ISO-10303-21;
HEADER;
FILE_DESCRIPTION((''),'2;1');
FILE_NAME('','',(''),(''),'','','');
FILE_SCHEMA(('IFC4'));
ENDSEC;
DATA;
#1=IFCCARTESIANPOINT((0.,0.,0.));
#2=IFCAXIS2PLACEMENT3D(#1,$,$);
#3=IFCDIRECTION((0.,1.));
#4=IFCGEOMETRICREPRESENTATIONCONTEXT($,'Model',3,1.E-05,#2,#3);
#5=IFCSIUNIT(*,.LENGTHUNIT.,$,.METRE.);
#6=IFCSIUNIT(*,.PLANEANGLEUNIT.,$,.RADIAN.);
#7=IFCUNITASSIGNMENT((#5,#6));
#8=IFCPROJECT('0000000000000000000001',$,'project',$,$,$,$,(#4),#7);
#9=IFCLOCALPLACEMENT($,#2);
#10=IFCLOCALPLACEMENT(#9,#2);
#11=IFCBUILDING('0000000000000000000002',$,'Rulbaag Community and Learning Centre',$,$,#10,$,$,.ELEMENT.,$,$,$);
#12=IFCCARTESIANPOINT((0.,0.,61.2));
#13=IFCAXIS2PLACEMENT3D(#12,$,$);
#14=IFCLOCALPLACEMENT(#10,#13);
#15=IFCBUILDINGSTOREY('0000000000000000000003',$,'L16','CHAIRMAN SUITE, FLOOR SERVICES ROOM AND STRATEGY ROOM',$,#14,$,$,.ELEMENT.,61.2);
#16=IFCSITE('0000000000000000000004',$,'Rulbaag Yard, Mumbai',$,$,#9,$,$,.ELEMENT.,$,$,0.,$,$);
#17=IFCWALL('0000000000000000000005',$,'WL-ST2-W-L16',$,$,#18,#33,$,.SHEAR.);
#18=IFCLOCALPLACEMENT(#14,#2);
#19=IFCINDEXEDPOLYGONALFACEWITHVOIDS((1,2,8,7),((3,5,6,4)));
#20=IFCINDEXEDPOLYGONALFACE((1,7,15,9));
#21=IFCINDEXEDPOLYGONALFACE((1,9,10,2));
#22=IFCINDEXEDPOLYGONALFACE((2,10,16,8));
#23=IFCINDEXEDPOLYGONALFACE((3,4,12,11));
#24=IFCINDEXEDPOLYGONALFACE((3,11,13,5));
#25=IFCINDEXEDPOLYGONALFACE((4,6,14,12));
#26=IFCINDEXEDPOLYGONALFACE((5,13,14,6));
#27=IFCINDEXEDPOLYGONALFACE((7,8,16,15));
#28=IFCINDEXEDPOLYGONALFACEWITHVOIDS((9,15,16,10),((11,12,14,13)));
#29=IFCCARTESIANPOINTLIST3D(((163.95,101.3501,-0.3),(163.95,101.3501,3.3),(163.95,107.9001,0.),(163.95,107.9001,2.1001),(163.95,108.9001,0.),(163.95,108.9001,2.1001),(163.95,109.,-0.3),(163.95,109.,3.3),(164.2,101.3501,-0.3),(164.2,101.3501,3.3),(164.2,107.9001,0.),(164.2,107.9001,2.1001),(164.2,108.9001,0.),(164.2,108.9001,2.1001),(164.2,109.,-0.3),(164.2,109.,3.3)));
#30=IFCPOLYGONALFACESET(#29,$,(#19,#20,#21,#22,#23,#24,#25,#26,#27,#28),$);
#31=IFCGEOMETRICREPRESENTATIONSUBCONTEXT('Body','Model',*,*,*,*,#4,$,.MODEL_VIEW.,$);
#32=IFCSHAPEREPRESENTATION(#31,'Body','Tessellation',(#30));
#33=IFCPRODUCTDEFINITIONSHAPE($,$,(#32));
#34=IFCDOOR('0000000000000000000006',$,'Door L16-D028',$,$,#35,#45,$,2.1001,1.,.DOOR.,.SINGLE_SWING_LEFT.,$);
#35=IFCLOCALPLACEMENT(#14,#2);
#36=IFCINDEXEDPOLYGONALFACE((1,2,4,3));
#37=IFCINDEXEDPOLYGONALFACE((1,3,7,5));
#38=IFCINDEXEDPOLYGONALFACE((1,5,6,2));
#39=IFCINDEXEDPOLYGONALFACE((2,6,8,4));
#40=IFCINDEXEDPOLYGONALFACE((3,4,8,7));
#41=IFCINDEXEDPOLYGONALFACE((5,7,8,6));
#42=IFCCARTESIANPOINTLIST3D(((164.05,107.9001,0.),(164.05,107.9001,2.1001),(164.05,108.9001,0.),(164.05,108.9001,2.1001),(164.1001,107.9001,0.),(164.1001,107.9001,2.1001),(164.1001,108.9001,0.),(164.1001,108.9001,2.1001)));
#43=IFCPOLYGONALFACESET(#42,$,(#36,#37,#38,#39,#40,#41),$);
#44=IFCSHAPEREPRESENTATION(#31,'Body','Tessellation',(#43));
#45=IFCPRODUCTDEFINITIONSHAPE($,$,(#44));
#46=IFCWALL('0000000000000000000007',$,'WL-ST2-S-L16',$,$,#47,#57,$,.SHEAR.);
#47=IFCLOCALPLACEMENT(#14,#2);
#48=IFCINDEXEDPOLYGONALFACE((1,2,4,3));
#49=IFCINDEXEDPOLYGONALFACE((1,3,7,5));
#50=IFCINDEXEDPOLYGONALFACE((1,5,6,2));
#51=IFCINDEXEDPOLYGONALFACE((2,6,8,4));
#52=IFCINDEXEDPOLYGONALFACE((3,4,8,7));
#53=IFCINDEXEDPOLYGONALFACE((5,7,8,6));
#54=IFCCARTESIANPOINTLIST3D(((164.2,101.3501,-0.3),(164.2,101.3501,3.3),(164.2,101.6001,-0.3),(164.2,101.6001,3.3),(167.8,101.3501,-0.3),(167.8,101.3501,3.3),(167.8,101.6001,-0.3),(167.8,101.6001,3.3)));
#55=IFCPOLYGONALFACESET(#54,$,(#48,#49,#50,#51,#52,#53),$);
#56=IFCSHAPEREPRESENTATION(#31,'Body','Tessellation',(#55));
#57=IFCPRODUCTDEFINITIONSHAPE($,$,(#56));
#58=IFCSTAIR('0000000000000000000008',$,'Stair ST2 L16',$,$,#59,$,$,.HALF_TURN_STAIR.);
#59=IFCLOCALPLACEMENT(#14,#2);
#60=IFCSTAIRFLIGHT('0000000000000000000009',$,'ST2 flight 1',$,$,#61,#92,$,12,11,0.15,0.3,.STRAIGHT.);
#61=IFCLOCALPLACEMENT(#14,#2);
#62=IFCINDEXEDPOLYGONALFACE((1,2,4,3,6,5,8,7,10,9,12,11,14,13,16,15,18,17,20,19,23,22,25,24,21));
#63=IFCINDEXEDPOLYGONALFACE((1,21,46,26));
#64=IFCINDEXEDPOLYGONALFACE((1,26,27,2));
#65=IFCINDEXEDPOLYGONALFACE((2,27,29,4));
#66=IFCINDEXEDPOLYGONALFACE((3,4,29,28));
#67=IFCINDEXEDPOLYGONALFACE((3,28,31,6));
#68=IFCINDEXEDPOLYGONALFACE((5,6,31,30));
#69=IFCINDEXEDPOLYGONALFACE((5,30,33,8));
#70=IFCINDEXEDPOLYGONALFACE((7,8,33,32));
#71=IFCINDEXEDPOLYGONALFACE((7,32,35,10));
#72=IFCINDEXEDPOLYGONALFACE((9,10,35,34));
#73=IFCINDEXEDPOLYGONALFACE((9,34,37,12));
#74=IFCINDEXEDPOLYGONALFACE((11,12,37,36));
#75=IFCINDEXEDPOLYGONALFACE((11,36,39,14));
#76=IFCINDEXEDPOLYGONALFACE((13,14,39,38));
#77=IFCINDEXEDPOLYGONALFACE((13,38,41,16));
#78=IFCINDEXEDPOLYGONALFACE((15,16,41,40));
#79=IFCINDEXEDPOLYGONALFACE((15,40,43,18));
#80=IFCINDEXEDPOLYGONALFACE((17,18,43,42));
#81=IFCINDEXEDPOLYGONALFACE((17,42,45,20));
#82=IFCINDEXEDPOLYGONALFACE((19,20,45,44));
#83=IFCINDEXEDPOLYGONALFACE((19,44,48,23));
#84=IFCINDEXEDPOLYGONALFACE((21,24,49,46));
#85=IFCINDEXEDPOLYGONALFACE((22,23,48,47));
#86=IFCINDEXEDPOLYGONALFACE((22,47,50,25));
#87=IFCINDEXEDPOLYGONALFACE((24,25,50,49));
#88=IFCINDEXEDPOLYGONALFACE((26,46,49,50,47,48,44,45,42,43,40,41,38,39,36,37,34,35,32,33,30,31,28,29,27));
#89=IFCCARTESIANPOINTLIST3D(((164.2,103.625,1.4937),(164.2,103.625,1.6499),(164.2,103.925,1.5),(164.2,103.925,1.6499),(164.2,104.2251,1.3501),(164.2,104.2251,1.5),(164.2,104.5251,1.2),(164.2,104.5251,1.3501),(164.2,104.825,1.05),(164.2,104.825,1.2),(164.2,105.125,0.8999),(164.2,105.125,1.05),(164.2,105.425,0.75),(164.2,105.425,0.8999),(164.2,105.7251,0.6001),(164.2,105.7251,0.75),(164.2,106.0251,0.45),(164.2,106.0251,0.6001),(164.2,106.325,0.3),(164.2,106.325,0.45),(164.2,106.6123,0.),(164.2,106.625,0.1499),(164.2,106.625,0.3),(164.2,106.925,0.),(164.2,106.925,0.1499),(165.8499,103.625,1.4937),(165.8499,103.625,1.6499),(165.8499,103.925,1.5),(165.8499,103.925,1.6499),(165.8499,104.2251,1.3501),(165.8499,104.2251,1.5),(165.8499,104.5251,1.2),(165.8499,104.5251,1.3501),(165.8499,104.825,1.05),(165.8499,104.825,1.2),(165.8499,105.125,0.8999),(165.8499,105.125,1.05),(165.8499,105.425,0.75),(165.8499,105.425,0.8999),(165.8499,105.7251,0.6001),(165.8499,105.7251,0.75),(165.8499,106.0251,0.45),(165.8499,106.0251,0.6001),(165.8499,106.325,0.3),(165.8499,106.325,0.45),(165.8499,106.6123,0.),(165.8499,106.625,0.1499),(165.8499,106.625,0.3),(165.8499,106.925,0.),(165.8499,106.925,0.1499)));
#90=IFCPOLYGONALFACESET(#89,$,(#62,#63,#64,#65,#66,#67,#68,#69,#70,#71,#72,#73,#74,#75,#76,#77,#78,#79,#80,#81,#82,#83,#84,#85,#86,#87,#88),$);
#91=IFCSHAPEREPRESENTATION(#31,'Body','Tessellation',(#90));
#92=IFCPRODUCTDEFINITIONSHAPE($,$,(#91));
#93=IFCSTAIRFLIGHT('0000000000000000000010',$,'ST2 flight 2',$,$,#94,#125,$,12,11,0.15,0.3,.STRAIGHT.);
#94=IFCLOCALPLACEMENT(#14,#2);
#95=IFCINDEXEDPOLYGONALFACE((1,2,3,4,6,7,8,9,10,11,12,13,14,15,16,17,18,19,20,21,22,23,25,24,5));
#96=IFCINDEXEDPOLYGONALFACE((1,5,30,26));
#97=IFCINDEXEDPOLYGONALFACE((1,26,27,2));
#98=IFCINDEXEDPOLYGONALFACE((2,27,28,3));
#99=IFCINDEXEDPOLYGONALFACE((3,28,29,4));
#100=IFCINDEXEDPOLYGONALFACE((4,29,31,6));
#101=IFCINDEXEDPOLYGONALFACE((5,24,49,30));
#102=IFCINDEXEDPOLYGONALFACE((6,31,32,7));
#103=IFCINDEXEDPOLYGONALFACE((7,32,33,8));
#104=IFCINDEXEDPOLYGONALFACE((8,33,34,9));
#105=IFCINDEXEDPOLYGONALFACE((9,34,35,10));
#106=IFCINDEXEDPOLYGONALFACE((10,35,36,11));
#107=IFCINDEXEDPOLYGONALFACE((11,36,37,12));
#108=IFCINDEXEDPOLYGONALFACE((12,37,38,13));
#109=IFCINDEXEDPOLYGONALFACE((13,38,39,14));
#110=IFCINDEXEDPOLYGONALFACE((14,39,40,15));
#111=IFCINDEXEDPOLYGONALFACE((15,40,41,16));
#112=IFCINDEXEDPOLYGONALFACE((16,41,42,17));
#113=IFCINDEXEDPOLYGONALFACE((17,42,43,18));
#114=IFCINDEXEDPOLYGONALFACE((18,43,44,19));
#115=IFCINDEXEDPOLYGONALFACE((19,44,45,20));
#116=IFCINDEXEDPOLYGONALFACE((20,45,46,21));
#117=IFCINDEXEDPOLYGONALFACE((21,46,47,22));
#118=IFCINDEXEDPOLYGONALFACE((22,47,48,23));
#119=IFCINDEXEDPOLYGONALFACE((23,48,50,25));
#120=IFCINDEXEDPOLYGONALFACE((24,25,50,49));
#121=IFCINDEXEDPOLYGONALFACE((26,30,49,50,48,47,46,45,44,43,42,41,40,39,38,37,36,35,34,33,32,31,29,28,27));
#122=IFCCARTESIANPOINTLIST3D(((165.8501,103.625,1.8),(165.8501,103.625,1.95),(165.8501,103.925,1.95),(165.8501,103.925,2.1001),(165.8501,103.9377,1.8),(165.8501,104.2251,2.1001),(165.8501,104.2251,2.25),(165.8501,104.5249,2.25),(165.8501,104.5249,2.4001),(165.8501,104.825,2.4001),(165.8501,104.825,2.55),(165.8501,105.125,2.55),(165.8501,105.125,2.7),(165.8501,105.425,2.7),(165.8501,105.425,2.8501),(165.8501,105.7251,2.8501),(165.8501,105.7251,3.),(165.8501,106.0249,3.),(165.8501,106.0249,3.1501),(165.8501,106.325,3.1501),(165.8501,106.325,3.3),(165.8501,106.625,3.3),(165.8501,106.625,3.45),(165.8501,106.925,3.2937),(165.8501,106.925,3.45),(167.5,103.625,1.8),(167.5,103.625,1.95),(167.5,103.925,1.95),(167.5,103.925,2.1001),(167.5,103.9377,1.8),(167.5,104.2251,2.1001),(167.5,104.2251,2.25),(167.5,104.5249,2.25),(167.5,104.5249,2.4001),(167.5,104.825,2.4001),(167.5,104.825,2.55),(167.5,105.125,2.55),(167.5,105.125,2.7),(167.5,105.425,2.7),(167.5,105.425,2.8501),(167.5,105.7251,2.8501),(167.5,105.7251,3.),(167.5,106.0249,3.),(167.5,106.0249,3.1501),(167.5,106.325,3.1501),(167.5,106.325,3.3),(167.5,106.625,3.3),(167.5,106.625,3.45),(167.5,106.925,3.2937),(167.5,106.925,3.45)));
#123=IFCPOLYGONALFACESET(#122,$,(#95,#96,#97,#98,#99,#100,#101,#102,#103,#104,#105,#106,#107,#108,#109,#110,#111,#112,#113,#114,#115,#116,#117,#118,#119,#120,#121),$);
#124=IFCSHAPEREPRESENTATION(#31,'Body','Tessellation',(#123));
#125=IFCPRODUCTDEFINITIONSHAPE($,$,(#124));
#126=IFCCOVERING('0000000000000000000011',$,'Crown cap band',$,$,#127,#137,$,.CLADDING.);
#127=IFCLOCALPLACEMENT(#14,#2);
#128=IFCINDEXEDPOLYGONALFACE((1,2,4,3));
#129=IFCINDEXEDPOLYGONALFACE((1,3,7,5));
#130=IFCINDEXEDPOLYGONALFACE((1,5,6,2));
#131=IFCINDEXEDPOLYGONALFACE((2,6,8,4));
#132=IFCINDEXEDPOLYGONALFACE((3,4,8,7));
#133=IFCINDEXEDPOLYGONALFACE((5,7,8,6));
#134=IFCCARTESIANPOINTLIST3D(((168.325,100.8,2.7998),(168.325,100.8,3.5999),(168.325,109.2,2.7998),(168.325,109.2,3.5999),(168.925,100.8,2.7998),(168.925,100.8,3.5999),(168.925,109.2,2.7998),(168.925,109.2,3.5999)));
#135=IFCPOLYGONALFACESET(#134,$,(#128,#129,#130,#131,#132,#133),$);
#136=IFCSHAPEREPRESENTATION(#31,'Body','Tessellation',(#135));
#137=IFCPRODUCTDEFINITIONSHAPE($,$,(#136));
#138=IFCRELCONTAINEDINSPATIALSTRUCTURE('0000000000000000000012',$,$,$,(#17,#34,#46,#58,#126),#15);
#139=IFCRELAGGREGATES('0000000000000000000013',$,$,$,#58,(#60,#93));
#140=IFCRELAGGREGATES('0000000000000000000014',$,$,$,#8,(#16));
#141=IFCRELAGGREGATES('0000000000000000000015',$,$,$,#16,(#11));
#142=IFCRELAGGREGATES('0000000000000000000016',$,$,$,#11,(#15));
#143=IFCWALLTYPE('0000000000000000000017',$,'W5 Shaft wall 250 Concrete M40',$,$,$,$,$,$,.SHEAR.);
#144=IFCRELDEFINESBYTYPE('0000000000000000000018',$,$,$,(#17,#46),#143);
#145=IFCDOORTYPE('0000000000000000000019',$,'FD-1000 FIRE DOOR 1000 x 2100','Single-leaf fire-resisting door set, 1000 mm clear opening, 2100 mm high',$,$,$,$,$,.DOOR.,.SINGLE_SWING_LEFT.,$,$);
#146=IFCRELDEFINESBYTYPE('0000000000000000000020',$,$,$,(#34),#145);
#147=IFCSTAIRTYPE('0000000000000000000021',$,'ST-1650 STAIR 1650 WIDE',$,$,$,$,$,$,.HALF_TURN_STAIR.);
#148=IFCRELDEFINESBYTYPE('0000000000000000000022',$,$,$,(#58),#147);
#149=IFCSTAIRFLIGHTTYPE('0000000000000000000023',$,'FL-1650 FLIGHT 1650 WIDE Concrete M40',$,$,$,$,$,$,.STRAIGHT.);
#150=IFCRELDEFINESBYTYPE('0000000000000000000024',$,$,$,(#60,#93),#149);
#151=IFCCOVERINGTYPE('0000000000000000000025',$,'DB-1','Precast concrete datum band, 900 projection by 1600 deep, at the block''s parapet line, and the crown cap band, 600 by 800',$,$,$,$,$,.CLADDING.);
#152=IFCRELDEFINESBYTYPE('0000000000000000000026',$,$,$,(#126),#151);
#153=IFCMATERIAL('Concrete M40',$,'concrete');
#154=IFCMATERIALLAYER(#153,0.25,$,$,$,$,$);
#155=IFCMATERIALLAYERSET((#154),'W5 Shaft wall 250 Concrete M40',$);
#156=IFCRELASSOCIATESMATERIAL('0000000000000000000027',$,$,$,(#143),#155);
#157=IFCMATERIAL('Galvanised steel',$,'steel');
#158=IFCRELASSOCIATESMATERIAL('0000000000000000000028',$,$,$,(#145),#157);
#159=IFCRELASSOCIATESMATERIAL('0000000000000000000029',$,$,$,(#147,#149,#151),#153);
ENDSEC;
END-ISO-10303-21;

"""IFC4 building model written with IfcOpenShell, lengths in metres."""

from ifc_helpers import new_model, si_unit, direction, frame, frame_2d, origin, origin_2d, place, context, subcontext, project, spatial, polyline, rectangle, outline, extrude, material, layer, layer_set, type_object, element, fill, aggregate, save


model = new_model("IFC4")

# Units and contexts
model_context = context("Model", 3, precision=1e-05, world=origin(), true_north=direction((0.0, 1.0)))
body_context = subcontext(model_context, "Body", "Model", "MODEL_VIEW")
ifc_project = project(units=[si_unit("LENGTHUNIT", "METRE"), si_unit("PLANEANGLEUNIT", "RADIAN")], contexts=[model_context])

# Site, building, storey
site_placement = place(None, origin())
site = spatial("IfcSite", under=ifc_project, at=site_placement, Name="Rulbaag Yard, Mumbai", CompositionType="ELEMENT", RefElevation=0.0)
building_placement = place(site_placement, origin())
building = spatial("IfcBuilding", under=site, at=building_placement, Name="Rulbaag Community and Learning Centre", CompositionType="ELEMENT")
storey_placement = place(building_placement, frame((0.0, 0.0, 61.2)))
storey = spatial("IfcBuildingStorey", under=building, at=storey_placement, Name="L16", Description="CHAIRMAN SUITE, FLOOR SERVICES ROOM AND STRATEGY ROOM", CompositionType="ELEMENT", Elevation=61.2)

# Shared definitions
ifc_material_1 = material(Name="Concrete M40", Category="concrete")

# Wall, opening, door
ifc_layer_1 = layer(ifc_material_1, 0.25)
ifc_layer_set_1 = layer_set([ifc_layer_1], Name="W5 Shaft wall 250 Concrete M40")
wall_type = type_object("IfcWallType", Name="W5 Shaft wall 250 Concrete M40", PredefinedType="SHEAR", material=ifc_layer_set_1)
wall_1_placement = place(storey_placement, frame((164.075, 101.3501, -0.3), z_axis=(0.0, 0.0, 1.0), x_axis=(0.0, 1.0, 0.0)))
wall_1 = element("IfcWall", 1, at=wall_1_placement, inside=storey, type_object=wall_type, Name="WL-ST2-W-L16", PredefinedType="SHEAR", context=body_context, shape_type="SweptSolid", body=[
    extrude(rectangle(XDim=7.6499, YDim=0.25, at=frame_2d((3.825, 0.0))), origin(), (0.0, 0.0, 1.0), 3.6001),
])
opening_placement = place(wall_1_placement, frame((6.55, 0.0, 0.3)))
opening = element("IfcOpeningElement", 2, at=opening_placement, cuts=wall_1, PredefinedType="OPENING", context=body_context, shape_type="SweptSolid", body=[
    extrude(rectangle(XDim=1.0, YDim=2.1001, at=frame_2d((0.5, 1.05))), frame((0.0, 0.135, 0.0), z_axis=(0.0, -1.0, 0.0), x_axis=(1.0, 0.0, 0.0)), (0.0, 0.0, 1.0), 0.27),
])
ifc_material_2 = material(Name="Galvanised steel", Category="steel")
door_type = type_object("IfcDoorType", Name="FD-1000 FIRE DOOR 1000 x 2100", Description="Single-leaf fire-resisting door set, 1000 mm clear opening, 2100 mm high", OperationType="SINGLE_SWING_LEFT", PredefinedType="DOOR", material=ifc_material_2)
door_placement = place(opening_placement, origin())
door = element("IfcDoor", 3, at=door_placement, inside=storey, type_object=door_type, Name="Door L16-D028", OperationType="SINGLE_SWING_LEFT", OverallHeight=2.1001, OverallWidth=1.0, PredefinedType="DOOR", context=body_context, shape_type="SweptSolid", body=[
    extrude(rectangle(XDim=1.0, YDim=2.1001, at=frame_2d((0.5, 1.05))), frame((0.0, 0.0249, 0.0), z_axis=(0.0, -1.0, 0.0), x_axis=(1.0, 0.0, 0.0)), (0.0, 0.0, 1.0), 0.05),
])
fill(opening, door)

# Wall
wall_2_placement = place(storey_placement, frame((164.2, 101.4751, -0.3), z_axis=(0.0, 0.0, 1.0), x_axis=(1.0, 0.0, 0.0)))
element("IfcWall", 4, at=wall_2_placement, inside=storey, type_object=wall_type, Name="WL-ST2-S-L16", PredefinedType="SHEAR", context=body_context, shape_type="SweptSolid", body=[
    extrude(rectangle(XDim=3.6001, YDim=0.25, at=frame_2d((1.8, 0.0))), origin(), (0.0, 0.0, 1.0), 3.6001),
])

# Stair, stair flights
stair_type = type_object("IfcStairType", Name="ST-1650 STAIR 1650 WIDE", PredefinedType="HALF_TURN_STAIR", material=ifc_material_1)
stair_placement = place(storey_placement, origin())
stair = element("IfcStair", 5, at=stair_placement, inside=storey, type_object=stair_type, Name="Stair ST2 L16", PredefinedType="HALF_TURN_STAIR")
stair_flight_type = type_object("IfcStairFlightType", Name="FL-1650 FLIGHT 1650 WIDE Concrete M40", PredefinedType="STRAIGHT", material=ifc_material_1)
stair_flight_1_placement = place(storey_placement, frame((165.0249, 106.925, 0.0), z_axis=(0.0, 0.0, 1.0), x_axis=(0.0, -1.0, 0.0)))
stair_flight_1 = element("IfcStairFlight", 6, at=stair_flight_1_placement, type_object=stair_flight_type, Name="ST2 flight 1", NumberOfRisers=12, NumberOfTreads=11, PredefinedType="STRAIGHT", RiserHeight=0.15, TreadLength=0.3, context=body_context, shape_type="SweptSolid", body=[
    extrude(outline(polyline([(0.0, 0.0), (0.0, 0.1499), (0.3, 0.1499), (0.3, 0.3), (0.6001, 0.3), (0.6001, 0.45), (0.8999, 0.45), (0.8999, 0.6001), (1.2, 0.6001), (1.2, 0.75), (1.5, 0.75), (1.5, 0.8999), (1.8, 0.8999), (1.8, 1.05), (2.1001, 1.05), (2.1001, 1.2), (2.3999, 1.2), (2.3999, 1.3501), (2.7, 1.3501), (2.7, 1.5), (3.0, 1.5), (3.0, 1.6499), (3.3, 1.6499), (3.3, 1.4937), (0.3127, 0.0), (0.0, 0.0)])), frame((0.0, 0.825, 0.0), z_axis=(0.0, -1.0, 0.0), x_axis=(1.0, 0.0, 0.0)), (0.0, 0.0, 1.0), 1.6499),
])
stair_flight_2_placement = place(storey_placement, frame((166.675, 103.625, 1.8), z_axis=(0.0, 0.0, 1.0), x_axis=(0.0, 1.0, 0.0)))
stair_flight_2 = element("IfcStairFlight", 7, at=stair_flight_2_placement, type_object=stair_flight_type, Name="ST2 flight 2", NumberOfRisers=12, NumberOfTreads=11, PredefinedType="STRAIGHT", RiserHeight=0.15, TreadLength=0.3, context=body_context, shape_type="SweptSolid", body=[
    extrude(outline(polyline([(0.0, 0.0), (0.0, 0.1499), (0.3, 0.1499), (0.3, 0.3), (0.6001, 0.3), (0.6001, 0.45), (0.8999, 0.45), (0.8999, 0.6001), (1.2, 0.6001), (1.2, 0.75), (1.5, 0.75), (1.5, 0.8999), (1.8, 0.8999), (1.8, 1.05), (2.1001, 1.05), (2.1001, 1.2), (2.3999, 1.2), (2.3999, 1.3501), (2.7, 1.3501), (2.7, 1.5), (3.0, 1.5), (3.0, 1.6499), (3.3, 1.6499), (3.3, 1.4937), (0.3127, 0.0), (0.0, 0.0)])), frame((0.0, 0.825, 0.0), z_axis=(0.0, -1.0, 0.0), x_axis=(1.0, 0.0, 0.0)), (0.0, 0.0, 1.0), 1.6499),
])
aggregate(stair, [stair_flight_1, stair_flight_2])

# Covering
covering_type = type_object("IfcCoveringType", Name="DB-1", Description="Precast concrete datum band, 900 projection by 1600 deep, at the block's parapet line, and the crown cap band, 600 by 800", PredefinedType="CLADDING", material=ifc_material_1)
covering_placement = place(storey_placement, frame((168.625, 105.0, 2.7998), z_axis=(0.0, 0.0, 1.0), x_axis=(1.0, 0.0, 0.0)))
element("IfcCovering", 8, at=covering_placement, inside=storey, type_object=covering_type, Name="Crown cap band", PredefinedType="CLADDING", context=body_context, shape_type="SweptSolid", body=[
    extrude(rectangle(XDim=0.6001, YDim=8.3999, at=origin_2d()), origin(), (0.0, 0.0, 1.0), 0.8),
])

save(model, "model.ifc")
